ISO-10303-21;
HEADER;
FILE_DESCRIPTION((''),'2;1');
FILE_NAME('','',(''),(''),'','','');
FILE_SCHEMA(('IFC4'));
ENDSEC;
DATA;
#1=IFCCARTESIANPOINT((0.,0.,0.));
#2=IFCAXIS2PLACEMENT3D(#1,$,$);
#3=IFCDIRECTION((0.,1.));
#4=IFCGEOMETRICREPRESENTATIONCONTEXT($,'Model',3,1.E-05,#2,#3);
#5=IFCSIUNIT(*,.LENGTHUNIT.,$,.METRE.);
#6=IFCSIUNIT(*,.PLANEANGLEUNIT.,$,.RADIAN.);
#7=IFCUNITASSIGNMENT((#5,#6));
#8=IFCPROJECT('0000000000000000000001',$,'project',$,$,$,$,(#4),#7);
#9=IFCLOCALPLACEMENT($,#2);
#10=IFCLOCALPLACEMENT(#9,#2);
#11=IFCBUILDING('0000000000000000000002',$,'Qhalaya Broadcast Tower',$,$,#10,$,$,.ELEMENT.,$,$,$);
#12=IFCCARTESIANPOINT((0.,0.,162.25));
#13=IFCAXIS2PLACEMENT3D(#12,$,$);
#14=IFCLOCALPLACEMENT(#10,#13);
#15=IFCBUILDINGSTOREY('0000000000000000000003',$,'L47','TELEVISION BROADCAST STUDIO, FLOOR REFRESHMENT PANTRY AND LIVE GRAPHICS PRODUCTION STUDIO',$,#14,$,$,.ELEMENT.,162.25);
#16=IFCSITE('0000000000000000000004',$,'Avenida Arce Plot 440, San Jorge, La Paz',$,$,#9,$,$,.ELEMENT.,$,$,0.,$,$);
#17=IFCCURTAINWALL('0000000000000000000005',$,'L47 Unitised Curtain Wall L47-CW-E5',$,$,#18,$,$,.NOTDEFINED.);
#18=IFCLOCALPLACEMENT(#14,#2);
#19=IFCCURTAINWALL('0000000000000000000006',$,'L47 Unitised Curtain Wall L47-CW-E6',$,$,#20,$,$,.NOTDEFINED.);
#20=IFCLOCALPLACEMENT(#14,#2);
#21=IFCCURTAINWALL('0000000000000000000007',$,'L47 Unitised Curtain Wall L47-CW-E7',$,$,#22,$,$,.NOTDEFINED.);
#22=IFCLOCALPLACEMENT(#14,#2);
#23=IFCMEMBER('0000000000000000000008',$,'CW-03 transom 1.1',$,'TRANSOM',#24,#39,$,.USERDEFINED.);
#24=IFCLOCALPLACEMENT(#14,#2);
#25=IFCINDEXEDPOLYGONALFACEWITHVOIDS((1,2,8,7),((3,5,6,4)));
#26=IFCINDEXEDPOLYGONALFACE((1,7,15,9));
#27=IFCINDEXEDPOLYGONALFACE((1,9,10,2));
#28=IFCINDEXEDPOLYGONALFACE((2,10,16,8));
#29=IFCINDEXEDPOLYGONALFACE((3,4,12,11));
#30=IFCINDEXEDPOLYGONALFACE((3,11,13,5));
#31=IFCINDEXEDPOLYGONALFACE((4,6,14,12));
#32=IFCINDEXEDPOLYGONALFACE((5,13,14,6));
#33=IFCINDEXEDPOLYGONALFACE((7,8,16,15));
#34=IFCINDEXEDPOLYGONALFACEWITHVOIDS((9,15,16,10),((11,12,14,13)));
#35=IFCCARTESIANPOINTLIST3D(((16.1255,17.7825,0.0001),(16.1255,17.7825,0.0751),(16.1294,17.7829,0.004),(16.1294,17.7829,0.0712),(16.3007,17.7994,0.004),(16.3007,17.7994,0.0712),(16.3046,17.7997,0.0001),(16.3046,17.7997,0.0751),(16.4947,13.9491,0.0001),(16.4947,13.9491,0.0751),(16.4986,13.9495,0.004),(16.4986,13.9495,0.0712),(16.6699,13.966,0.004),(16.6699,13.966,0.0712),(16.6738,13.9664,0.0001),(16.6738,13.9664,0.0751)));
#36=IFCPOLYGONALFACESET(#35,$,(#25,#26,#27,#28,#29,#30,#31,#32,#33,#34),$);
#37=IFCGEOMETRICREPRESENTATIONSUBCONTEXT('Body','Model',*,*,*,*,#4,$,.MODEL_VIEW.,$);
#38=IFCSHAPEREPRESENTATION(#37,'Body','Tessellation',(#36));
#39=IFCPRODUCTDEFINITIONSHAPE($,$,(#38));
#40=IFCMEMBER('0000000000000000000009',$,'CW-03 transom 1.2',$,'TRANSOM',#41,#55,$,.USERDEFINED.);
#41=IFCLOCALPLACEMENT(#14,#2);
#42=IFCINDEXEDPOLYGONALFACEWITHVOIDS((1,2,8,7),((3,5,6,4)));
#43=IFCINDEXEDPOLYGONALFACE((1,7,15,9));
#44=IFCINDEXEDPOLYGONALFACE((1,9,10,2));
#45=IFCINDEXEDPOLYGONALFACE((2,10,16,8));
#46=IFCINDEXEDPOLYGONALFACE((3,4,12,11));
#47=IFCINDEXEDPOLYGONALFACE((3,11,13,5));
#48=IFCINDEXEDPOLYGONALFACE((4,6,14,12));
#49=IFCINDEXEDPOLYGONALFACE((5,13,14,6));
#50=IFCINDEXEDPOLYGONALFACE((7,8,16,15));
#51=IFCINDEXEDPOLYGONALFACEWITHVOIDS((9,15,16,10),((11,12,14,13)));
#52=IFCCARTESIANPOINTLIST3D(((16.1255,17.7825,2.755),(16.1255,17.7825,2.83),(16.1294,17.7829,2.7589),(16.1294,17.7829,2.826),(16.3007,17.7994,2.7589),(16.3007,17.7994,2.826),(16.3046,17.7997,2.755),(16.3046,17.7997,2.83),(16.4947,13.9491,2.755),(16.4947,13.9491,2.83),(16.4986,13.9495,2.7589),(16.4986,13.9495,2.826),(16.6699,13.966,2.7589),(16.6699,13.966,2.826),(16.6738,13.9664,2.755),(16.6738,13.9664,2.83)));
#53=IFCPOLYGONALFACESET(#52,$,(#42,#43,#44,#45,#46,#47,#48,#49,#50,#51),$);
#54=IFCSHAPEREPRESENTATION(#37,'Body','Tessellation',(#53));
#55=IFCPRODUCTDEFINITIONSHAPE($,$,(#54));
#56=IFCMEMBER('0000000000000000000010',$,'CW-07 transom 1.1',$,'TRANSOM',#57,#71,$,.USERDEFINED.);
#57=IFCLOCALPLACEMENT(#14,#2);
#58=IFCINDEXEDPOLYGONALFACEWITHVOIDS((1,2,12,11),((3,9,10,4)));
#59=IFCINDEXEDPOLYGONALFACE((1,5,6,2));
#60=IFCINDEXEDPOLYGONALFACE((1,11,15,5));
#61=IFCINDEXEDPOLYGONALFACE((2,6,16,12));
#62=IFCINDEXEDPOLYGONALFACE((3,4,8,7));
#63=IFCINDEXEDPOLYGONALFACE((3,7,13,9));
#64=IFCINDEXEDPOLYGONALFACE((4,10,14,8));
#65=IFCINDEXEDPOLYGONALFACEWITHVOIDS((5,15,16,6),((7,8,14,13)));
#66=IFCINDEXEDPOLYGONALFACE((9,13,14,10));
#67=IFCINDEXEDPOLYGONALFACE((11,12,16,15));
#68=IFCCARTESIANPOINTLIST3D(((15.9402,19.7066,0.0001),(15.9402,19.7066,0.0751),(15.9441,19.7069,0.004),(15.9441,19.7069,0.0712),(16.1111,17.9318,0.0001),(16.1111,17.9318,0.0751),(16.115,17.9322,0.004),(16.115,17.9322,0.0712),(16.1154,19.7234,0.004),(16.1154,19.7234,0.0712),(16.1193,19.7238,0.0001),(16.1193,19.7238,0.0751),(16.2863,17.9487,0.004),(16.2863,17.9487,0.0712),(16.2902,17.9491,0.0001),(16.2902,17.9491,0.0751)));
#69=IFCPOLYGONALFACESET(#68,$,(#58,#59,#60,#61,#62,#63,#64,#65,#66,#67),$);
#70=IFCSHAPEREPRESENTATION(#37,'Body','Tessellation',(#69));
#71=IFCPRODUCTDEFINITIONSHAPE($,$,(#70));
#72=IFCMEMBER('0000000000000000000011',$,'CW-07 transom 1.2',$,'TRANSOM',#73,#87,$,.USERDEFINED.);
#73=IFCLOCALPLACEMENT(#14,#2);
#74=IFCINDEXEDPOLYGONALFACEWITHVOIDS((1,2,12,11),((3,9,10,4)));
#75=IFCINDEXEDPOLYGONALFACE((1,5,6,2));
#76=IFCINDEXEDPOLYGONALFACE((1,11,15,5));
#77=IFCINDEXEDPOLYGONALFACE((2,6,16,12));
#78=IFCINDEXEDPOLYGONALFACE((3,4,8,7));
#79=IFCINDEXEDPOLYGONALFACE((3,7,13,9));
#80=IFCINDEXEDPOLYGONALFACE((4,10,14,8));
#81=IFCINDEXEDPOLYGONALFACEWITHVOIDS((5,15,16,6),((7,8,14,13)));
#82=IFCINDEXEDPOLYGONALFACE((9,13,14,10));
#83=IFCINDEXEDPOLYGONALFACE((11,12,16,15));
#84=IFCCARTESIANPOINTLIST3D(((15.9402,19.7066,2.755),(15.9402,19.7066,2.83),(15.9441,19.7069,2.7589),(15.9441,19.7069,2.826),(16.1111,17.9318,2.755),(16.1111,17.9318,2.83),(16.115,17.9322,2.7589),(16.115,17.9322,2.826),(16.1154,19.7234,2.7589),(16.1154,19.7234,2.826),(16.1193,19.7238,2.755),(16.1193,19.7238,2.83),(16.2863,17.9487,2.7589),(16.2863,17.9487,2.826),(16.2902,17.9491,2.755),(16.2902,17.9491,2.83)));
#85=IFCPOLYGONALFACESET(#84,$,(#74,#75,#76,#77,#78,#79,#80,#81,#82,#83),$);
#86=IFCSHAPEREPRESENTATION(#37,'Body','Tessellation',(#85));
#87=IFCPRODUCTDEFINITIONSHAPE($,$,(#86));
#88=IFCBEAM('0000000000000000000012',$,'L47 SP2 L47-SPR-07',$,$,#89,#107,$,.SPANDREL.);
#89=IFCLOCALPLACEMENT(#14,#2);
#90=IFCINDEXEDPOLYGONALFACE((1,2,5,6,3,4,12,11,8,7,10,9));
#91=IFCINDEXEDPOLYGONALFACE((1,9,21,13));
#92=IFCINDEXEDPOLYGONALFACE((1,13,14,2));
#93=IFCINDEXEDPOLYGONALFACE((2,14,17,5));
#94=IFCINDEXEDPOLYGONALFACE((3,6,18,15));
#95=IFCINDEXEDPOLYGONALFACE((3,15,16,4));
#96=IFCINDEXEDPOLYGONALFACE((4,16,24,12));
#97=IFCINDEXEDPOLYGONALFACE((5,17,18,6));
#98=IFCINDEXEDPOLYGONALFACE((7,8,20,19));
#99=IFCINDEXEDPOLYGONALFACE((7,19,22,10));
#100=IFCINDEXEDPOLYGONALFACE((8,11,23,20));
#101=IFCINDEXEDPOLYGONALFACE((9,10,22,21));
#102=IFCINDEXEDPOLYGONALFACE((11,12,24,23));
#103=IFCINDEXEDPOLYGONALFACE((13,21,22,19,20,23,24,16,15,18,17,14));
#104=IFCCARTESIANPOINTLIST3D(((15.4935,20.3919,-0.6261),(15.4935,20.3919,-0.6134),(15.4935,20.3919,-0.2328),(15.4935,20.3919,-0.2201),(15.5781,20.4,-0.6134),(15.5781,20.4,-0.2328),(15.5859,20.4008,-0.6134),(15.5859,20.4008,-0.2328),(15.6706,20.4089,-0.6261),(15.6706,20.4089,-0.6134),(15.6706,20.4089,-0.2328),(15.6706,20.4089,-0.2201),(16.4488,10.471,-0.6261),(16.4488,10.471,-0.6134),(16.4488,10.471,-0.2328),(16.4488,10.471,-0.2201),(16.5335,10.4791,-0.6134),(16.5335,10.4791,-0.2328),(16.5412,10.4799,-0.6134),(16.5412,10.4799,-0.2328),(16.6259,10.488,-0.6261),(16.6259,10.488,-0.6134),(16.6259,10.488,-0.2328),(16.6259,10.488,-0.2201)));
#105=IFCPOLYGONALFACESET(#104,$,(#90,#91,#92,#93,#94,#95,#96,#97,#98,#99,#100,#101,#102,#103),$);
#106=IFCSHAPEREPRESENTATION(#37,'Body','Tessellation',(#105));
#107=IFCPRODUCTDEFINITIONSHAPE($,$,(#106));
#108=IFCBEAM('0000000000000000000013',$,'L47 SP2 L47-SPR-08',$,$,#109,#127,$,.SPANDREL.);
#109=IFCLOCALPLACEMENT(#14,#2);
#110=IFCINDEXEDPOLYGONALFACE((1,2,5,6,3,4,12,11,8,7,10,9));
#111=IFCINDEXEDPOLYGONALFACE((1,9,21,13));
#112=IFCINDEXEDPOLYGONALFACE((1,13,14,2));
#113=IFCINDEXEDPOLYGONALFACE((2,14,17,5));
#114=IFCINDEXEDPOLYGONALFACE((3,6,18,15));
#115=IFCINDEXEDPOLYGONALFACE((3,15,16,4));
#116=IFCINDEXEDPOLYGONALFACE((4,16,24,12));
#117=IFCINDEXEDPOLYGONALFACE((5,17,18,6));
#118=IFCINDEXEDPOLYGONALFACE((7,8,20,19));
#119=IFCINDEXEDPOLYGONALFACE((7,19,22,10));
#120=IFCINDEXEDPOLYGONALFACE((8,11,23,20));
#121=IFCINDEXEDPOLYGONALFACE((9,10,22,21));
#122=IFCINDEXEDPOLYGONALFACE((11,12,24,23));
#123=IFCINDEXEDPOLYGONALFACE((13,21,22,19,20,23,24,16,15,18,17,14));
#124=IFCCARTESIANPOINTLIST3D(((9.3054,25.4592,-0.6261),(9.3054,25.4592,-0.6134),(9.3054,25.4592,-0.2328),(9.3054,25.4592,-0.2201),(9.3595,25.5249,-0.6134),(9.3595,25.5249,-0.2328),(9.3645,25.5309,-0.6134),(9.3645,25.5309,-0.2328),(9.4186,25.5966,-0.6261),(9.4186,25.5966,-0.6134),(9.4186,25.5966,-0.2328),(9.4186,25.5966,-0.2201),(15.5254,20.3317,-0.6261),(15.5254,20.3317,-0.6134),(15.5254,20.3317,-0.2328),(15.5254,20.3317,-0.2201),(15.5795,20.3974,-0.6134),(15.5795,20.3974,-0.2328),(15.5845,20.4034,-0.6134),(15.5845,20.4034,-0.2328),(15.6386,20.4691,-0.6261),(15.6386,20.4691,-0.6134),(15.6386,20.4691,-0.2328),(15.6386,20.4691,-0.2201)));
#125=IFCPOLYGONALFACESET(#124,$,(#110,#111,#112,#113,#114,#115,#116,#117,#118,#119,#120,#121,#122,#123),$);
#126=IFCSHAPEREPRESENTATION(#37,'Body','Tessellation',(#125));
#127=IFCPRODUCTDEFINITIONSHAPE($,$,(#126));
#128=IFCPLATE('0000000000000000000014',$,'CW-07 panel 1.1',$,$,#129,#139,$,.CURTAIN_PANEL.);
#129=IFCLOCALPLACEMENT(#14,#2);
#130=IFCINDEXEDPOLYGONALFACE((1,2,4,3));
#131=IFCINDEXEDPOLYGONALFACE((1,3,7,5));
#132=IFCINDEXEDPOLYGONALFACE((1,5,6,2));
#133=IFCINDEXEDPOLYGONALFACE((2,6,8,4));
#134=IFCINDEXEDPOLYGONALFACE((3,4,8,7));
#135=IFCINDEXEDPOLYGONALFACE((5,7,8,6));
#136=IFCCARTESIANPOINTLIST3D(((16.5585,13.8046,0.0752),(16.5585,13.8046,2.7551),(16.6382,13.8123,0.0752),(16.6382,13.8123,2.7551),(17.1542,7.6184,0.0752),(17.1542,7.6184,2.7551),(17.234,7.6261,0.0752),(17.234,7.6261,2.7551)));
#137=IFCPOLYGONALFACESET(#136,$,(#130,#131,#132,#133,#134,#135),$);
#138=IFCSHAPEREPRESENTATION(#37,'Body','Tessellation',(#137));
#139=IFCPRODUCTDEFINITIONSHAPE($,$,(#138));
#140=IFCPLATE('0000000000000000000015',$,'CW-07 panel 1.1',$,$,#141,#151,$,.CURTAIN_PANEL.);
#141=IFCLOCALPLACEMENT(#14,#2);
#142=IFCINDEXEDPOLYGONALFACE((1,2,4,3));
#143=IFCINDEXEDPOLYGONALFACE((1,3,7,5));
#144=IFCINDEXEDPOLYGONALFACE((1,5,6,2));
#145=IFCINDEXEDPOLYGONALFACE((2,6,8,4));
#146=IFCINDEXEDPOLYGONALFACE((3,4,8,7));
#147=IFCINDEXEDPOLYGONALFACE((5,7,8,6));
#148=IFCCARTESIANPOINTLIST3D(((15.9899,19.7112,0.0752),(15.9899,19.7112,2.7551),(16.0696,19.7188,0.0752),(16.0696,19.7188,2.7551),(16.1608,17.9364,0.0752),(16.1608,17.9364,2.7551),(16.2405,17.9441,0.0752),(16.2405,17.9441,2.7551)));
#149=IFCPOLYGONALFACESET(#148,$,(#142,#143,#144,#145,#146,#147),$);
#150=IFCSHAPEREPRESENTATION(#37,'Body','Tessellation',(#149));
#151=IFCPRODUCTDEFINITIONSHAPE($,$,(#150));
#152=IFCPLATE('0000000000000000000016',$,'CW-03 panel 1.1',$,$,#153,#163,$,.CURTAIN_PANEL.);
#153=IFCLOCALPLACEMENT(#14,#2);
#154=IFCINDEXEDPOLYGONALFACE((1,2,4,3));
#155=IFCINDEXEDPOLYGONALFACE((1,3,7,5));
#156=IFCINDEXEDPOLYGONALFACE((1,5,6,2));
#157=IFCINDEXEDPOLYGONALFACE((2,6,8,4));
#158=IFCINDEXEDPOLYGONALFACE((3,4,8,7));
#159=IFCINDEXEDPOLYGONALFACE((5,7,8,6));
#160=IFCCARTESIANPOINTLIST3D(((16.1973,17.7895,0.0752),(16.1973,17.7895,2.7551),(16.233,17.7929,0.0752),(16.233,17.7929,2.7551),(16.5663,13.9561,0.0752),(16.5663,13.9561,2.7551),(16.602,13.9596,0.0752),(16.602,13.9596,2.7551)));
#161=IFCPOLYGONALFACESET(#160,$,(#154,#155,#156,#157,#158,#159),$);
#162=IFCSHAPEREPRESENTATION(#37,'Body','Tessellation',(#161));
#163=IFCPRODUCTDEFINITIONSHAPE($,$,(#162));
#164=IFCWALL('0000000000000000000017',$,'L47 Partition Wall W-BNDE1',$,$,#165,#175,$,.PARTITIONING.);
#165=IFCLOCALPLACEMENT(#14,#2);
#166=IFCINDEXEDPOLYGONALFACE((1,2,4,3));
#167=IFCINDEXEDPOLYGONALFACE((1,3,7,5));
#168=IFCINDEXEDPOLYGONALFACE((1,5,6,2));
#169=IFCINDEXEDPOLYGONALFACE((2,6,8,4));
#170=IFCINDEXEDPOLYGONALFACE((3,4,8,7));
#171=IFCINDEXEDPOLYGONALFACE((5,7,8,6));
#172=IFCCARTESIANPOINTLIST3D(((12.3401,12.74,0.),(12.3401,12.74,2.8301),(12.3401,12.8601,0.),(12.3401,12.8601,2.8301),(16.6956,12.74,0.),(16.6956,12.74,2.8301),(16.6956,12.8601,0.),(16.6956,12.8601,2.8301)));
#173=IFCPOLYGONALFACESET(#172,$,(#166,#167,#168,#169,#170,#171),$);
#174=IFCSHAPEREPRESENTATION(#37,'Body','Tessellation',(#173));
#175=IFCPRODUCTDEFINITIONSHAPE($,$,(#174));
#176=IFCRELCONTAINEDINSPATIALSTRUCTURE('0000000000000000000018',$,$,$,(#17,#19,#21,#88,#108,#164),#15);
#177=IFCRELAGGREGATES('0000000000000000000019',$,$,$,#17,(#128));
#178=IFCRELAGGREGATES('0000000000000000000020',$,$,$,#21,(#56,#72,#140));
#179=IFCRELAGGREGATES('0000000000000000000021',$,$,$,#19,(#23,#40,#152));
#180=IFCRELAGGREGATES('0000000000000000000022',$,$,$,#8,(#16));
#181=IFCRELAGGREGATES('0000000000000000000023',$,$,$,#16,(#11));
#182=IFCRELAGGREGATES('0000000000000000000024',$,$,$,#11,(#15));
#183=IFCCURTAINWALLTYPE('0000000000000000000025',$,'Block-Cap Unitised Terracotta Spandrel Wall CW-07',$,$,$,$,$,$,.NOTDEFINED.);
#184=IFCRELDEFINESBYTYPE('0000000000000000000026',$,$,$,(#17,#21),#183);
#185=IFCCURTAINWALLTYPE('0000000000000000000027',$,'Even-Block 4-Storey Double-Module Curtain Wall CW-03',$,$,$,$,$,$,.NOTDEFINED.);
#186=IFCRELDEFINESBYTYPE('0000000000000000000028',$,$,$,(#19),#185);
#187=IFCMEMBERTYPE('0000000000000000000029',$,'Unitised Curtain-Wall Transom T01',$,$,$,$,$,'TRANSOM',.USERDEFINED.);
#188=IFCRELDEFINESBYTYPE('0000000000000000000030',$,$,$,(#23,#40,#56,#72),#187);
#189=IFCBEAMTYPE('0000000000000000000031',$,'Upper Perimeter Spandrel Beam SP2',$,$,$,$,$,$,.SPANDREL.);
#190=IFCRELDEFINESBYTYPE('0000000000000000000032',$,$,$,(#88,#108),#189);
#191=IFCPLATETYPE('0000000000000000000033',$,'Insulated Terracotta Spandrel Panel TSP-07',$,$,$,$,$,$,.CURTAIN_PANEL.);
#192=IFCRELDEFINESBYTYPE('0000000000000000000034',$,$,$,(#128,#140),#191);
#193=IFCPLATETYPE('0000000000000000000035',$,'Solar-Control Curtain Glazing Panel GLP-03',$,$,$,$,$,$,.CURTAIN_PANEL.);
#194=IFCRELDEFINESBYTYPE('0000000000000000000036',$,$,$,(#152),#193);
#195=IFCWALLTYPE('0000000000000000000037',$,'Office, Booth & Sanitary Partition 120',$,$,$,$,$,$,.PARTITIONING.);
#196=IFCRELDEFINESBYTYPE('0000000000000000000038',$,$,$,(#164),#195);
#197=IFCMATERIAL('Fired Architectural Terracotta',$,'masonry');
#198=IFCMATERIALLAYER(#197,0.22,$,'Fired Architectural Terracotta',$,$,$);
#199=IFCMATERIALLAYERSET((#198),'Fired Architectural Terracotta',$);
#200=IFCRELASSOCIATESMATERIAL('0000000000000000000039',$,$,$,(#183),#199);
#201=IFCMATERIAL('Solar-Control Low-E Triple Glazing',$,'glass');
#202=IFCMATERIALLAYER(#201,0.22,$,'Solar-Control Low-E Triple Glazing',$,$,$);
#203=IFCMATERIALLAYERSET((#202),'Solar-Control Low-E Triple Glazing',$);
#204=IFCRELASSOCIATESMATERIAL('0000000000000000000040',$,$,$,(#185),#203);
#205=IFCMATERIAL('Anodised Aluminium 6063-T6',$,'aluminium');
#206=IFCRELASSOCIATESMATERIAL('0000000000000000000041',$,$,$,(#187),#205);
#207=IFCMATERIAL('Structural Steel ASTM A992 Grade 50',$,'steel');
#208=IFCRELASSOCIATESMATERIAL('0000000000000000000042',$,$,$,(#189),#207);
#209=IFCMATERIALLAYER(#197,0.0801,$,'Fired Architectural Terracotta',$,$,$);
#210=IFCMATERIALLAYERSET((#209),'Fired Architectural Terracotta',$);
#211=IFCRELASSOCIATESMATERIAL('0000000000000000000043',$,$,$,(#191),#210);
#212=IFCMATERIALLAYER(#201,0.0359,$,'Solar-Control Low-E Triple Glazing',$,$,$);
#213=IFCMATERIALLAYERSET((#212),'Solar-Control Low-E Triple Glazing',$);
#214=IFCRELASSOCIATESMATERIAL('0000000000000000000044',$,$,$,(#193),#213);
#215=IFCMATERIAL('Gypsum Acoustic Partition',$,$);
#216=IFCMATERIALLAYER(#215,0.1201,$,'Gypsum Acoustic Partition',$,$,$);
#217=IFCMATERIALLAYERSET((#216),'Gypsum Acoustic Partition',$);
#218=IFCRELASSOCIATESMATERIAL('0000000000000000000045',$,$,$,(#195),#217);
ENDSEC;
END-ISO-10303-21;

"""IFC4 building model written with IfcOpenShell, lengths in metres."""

from ifc_helpers import new_model, si_unit, direction, frame, frame_2d, origin, origin_2d, place, context, subcontext, project, spatial, rectangle, hollow_rectangle, i_section, extrude, material, layer, layer_set, material_profile, profile_set, type_object, element, aggregate, save


model = new_model("IFC4")

# Units and contexts
model_context = context("Model", 3, precision=1e-05, world=origin(), true_north=direction((0.0, 1.0)))
body_context = subcontext(model_context, "Body", "Model", "MODEL_VIEW")
ifc_project = project(units=[si_unit("LENGTHUNIT", "METRE"), si_unit("PLANEANGLEUNIT", "RADIAN")], contexts=[model_context])

# Site, building, storey
site_placement = place(None, origin())
site = spatial("IfcSite", under=ifc_project, at=site_placement, Name="Avenida Arce Plot 440, San Jorge, La Paz", CompositionType="ELEMENT", RefElevation=0.0)
building_placement = place(site_placement, origin())
building = spatial("IfcBuilding", under=site, at=building_placement, Name="Qhalaya Broadcast Tower", CompositionType="ELEMENT")
storey_placement = place(building_placement, frame((0.0, 0.0, 162.25)))
storey = spatial("IfcBuildingStorey", under=building, at=storey_placement, Name="L47", Description="TELEVISION BROADCAST STUDIO, FLOOR REFRESHMENT PANTRY AND LIVE GRAPHICS PRODUCTION STUDIO", CompositionType="ELEMENT", Elevation=162.25)

# Shared definitions
ifc_material_1 = material(Name="Structural Steel ASTM A992 Grade 50", Category="steel")

# Curtain wall
ifc_material_2 = material(Name="Fired Architectural Terracotta", Category="masonry")
ifc_layer_1 = layer(ifc_material_2, 0.22, Name="Fired Architectural Terracotta")
ifc_layer_set_1 = layer_set([ifc_layer_1], Name="Fired Architectural Terracotta")
curtain_wall_type_1 = type_object("IfcCurtainWallType", Name="Block-Cap Unitised Terracotta Spandrel Wall CW-07", PredefinedType="NOTDEFINED", material=ifc_layer_set_1)
curtain_wall_1_placement = place(storey_placement, origin())
curtain_wall_1 = element("IfcCurtainWall", 1, at=curtain_wall_1_placement, inside=storey, type_object=curtain_wall_type_1, Name="L47 Unitised Curtain Wall L47-CW-E5", PredefinedType="NOTDEFINED")
ifc_material_3 = material(Name="Anodised Aluminium 6063-T6", Category="aluminium")

# Curtain walls
ifc_material_4 = material(Name="Solar-Control Low-E Triple Glazing", Category="glass")
ifc_layer_2 = layer(ifc_material_4, 0.22, Name="Solar-Control Low-E Triple Glazing")
ifc_layer_set_2 = layer_set([ifc_layer_2], Name="Solar-Control Low-E Triple Glazing")
curtain_wall_type_2 = type_object("IfcCurtainWallType", Name="Even-Block 4-Storey Double-Module Curtain Wall CW-03", PredefinedType="NOTDEFINED", material=ifc_layer_set_2)
curtain_wall_2_placement = place(storey_placement, origin())
curtain_wall_2 = element("IfcCurtainWall", 2, at=curtain_wall_2_placement, inside=storey, type_object=curtain_wall_type_2, Name="L47 Unitised Curtain Wall L47-CW-E6", PredefinedType="NOTDEFINED")
curtain_wall_3_placement = place(storey_placement, origin())
curtain_wall_3 = element("IfcCurtainWall", 3, at=curtain_wall_3_placement, inside=storey, type_object=curtain_wall_type_1, Name="L47 Unitised Curtain Wall L47-CW-E7", PredefinedType="NOTDEFINED")

# Members
ifc_material_profile_1 = material_profile(ifc_material_3, hollow_rectangle(XDim=0.075, YDim=0.1799, WallThickness=0.0039, at=origin_2d()), Name="ALU-TRN 75x180x4")
ifc_profile_set_1 = profile_set([ifc_material_profile_1], Name="Anodised Aluminium 6063-T6")
member_type_1 = type_object("IfcMemberType", Name="Unitised Curtain-Wall Transom T01", ElementType="TRANSOM", PredefinedType="USERDEFINED", material=ifc_profile_set_1)
member_1_placement = place(storey_placement, frame((16.5842, 13.9578, 0.0376), z_axis=(-0.095856, 0.995395, 0.0), x_axis=(0.0, 0.0, 1.0)))
member_1 = element("IfcMember", 4, at=member_1_placement, type_object=member_type_1, Name="CW-03 transom 1.1", ObjectType="TRANSOM", PredefinedType="USERDEFINED", context=body_context, shape_type="SweptSolid", body=[
    extrude(hollow_rectangle(XDim=0.075, YDim=0.1799, WallThickness=0.0039, at=origin_2d()), origin(), (0.0, 0.0, 1.0), 3.8511),
])
member_2_placement = place(storey_placement, frame((16.5842, 13.9578, 2.7925), z_axis=(-0.095856, 0.995395, 0.0), x_axis=(0.0, 0.0, 1.0)))
member_2 = element("IfcMember", 5, at=member_2_placement, type_object=member_type_1, Name="CW-03 transom 1.2", ObjectType="TRANSOM", PredefinedType="USERDEFINED", context=body_context, shape_type="SweptSolid", body=[
    extrude(hollow_rectangle(XDim=0.075, YDim=0.1799, WallThickness=0.0039, at=origin_2d()), origin(), (0.0, 0.0, 1.0), 3.8511),
])
member_3_placement = place(storey_placement, frame((16.2007, 17.9404, 0.0376), z_axis=(-0.095856, 0.995395, 0.0), x_axis=(0.0, 0.0, 1.0)))
member_3 = element("IfcMember", 6, at=member_3_placement, type_object=member_type_1, Name="CW-07 transom 1.1", ObjectType="TRANSOM", PredefinedType="USERDEFINED", context=body_context, shape_type="SweptSolid", body=[
    extrude(hollow_rectangle(XDim=0.075, YDim=0.1799, WallThickness=0.0039, at=origin_2d()), origin(), (0.0, 0.0, 1.0), 1.783),
])
member_4_placement = place(storey_placement, frame((16.2007, 17.9404, 2.7925), z_axis=(-0.095856, 0.995395, 0.0), x_axis=(0.0, 0.0, 1.0)))
member_4 = element("IfcMember", 7, at=member_4_placement, type_object=member_type_1, Name="CW-07 transom 1.2", ObjectType="TRANSOM", PredefinedType="USERDEFINED", context=body_context, shape_type="SweptSolid", body=[
    extrude(hollow_rectangle(XDim=0.075, YDim=0.1799, WallThickness=0.0039, at=origin_2d()), origin(), (0.0, 0.0, 1.0), 1.783),
])

# Beams
ifc_material_profile_2 = material_profile(ifc_material_1, i_section(OverallWidth=0.178, OverallDepth=0.406, WebThickness=0.0078, FlangeThickness=0.0127, at=origin_2d()), Name="W16X40")
ifc_profile_set_2 = profile_set([ifc_material_profile_2], Name="Structural Steel ASTM A992 Grade 50")
beam_type_1 = type_object("IfcBeamType", Name="Upper Perimeter Spandrel Beam SP2", PredefinedType="SPANDREL", material=ifc_profile_set_2)
beam_1_placement = place(storey_placement, frame((16.5374, 10.4795, -0.4231), z_axis=(-0.095851, 0.995396, 0.0), x_axis=(-0.995396, -0.095851, 0.0)))
element("IfcBeam", 8, at=beam_1_placement, inside=storey, type_object=beam_type_1, Name="L47 SP2 L47-SPR-07", PredefinedType="SPANDREL", context=body_context, shape_type="SweptSolid", body=[
    extrude(i_section(OverallWidth=0.178, OverallDepth=0.406, WebThickness=0.0078, FlangeThickness=0.0127, at=origin_2d()), origin(), (0.0, 0.0, 1.0), 9.9668),
])
beam_2_placement = place(storey_placement, frame((15.582, 20.4004, -0.4231), z_axis=(-0.771619, 0.636085, 0.0), x_axis=(-0.636085, -0.771619, 0.0)))
element("IfcBeam", 9, at=beam_2_placement, inside=storey, type_object=beam_type_1, Name="L47 SP2 L47-SPR-08", PredefinedType="SPANDREL", context=body_context, shape_type="SweptSolid", body=[
    extrude(i_section(OverallWidth=0.178, OverallDepth=0.406, WebThickness=0.0078, FlangeThickness=0.0127, at=origin_2d()), origin(), (0.0, 0.0, 1.0), 8.061),
])

# Plates
ifc_layer_3 = layer(ifc_material_2, 0.0801, Name="Fired Architectural Terracotta")
ifc_layer_set_3 = layer_set([ifc_layer_3], Name="Fired Architectural Terracotta")
plate_type_1 = type_object("IfcPlateType", Name="Insulated Terracotta Spandrel Panel TSP-07", PredefinedType="CURTAIN_PANEL", material=ifc_layer_set_3)
plate_1_placement = place(storey_placement, frame((16.8962, 10.7153, 0.0752), z_axis=(0.0, 0.0, 1.0), x_axis=(-0.095854, 0.995395, 0.0)))
plate_1 = element("IfcPlate", 10, at=plate_1_placement, type_object=plate_type_1, Name="CW-07 panel 1.1", PredefinedType="CURTAIN_PANEL", context=body_context, shape_type="SweptSolid", body=[
    extrude(rectangle(XDim=6.2148, YDim=0.0801, at=origin_2d()), origin(), (0.0, 0.0, 1.0), 2.6799),
])
aggregate(curtain_wall_1, [plate_1])
plate_2_placement = place(storey_placement, frame((16.1152, 18.8276, 0.0752), z_axis=(0.0, 0.0, 1.0), x_axis=(-0.095861, 0.995395, 0.0)))
plate_2 = element("IfcPlate", 11, at=plate_2_placement, type_object=plate_type_1, Name="CW-07 panel 1.1", PredefinedType="CURTAIN_PANEL", context=body_context, shape_type="SweptSolid", body=[
    extrude(rectangle(XDim=1.783, YDim=0.0801, at=origin_2d()), origin(), (0.0, 0.0, 1.0), 2.6799),
])
aggregate(curtain_wall_3, [member_3, member_4, plate_2])
ifc_layer_4 = layer(ifc_material_4, 0.0359, Name="Solar-Control Low-E Triple Glazing")
ifc_layer_set_4 = layer_set([ifc_layer_4], Name="Solar-Control Low-E Triple Glazing")
plate_type_2 = type_object("IfcPlateType", Name="Solar-Control Curtain Glazing Panel GLP-03", PredefinedType="CURTAIN_PANEL", material=ifc_layer_set_4)
plate_3_placement = place(storey_placement, frame((16.3997, 15.8745, 0.0752), z_axis=(0.0, 0.0, 1.0), x_axis=(-0.095826, 0.995398, 0.0)))
plate_3 = element("IfcPlate", 12, at=plate_3_placement, type_object=plate_type_2, Name="CW-03 panel 1.1", PredefinedType="CURTAIN_PANEL", context=body_context, shape_type="SweptSolid", body=[
    extrude(rectangle(XDim=3.8511, YDim=0.0359, at=origin_2d()), origin(), (0.0, 0.0, 1.0), 2.6799),
])
aggregate(curtain_wall_2, [member_1, member_2, plate_3])

# Wall
ifc_material_5 = material(Name="Gypsum Acoustic Partition")
ifc_layer_5 = layer(ifc_material_5, 0.1201, Name="Gypsum Acoustic Partition")
ifc_layer_set_5 = layer_set([ifc_layer_5], Name="Gypsum Acoustic Partition")
wall_type = type_object("IfcWallType", Name="Office, Booth & Sanitary Partition 120", PredefinedType="PARTITIONING", material=ifc_layer_set_5)
wall_placement = place(storey_placement, frame((12.3401, 12.8, 0.0), z_axis=(0.0, 0.0, 1.0), x_axis=(1.0, 0.0, 0.0)))
element("IfcWall", 13, at=wall_placement, inside=storey, type_object=wall_type, Name="L47 Partition Wall W-BNDE1", PredefinedType="PARTITIONING", context=body_context, shape_type="SweptSolid", body=[
    extrude(rectangle(XDim=4.3555, YDim=0.1201, at=frame_2d((2.1777, 0.0))), origin(), (0.0, 0.0, 1.0), 2.8301),
])

save(model, "model.ifc")
